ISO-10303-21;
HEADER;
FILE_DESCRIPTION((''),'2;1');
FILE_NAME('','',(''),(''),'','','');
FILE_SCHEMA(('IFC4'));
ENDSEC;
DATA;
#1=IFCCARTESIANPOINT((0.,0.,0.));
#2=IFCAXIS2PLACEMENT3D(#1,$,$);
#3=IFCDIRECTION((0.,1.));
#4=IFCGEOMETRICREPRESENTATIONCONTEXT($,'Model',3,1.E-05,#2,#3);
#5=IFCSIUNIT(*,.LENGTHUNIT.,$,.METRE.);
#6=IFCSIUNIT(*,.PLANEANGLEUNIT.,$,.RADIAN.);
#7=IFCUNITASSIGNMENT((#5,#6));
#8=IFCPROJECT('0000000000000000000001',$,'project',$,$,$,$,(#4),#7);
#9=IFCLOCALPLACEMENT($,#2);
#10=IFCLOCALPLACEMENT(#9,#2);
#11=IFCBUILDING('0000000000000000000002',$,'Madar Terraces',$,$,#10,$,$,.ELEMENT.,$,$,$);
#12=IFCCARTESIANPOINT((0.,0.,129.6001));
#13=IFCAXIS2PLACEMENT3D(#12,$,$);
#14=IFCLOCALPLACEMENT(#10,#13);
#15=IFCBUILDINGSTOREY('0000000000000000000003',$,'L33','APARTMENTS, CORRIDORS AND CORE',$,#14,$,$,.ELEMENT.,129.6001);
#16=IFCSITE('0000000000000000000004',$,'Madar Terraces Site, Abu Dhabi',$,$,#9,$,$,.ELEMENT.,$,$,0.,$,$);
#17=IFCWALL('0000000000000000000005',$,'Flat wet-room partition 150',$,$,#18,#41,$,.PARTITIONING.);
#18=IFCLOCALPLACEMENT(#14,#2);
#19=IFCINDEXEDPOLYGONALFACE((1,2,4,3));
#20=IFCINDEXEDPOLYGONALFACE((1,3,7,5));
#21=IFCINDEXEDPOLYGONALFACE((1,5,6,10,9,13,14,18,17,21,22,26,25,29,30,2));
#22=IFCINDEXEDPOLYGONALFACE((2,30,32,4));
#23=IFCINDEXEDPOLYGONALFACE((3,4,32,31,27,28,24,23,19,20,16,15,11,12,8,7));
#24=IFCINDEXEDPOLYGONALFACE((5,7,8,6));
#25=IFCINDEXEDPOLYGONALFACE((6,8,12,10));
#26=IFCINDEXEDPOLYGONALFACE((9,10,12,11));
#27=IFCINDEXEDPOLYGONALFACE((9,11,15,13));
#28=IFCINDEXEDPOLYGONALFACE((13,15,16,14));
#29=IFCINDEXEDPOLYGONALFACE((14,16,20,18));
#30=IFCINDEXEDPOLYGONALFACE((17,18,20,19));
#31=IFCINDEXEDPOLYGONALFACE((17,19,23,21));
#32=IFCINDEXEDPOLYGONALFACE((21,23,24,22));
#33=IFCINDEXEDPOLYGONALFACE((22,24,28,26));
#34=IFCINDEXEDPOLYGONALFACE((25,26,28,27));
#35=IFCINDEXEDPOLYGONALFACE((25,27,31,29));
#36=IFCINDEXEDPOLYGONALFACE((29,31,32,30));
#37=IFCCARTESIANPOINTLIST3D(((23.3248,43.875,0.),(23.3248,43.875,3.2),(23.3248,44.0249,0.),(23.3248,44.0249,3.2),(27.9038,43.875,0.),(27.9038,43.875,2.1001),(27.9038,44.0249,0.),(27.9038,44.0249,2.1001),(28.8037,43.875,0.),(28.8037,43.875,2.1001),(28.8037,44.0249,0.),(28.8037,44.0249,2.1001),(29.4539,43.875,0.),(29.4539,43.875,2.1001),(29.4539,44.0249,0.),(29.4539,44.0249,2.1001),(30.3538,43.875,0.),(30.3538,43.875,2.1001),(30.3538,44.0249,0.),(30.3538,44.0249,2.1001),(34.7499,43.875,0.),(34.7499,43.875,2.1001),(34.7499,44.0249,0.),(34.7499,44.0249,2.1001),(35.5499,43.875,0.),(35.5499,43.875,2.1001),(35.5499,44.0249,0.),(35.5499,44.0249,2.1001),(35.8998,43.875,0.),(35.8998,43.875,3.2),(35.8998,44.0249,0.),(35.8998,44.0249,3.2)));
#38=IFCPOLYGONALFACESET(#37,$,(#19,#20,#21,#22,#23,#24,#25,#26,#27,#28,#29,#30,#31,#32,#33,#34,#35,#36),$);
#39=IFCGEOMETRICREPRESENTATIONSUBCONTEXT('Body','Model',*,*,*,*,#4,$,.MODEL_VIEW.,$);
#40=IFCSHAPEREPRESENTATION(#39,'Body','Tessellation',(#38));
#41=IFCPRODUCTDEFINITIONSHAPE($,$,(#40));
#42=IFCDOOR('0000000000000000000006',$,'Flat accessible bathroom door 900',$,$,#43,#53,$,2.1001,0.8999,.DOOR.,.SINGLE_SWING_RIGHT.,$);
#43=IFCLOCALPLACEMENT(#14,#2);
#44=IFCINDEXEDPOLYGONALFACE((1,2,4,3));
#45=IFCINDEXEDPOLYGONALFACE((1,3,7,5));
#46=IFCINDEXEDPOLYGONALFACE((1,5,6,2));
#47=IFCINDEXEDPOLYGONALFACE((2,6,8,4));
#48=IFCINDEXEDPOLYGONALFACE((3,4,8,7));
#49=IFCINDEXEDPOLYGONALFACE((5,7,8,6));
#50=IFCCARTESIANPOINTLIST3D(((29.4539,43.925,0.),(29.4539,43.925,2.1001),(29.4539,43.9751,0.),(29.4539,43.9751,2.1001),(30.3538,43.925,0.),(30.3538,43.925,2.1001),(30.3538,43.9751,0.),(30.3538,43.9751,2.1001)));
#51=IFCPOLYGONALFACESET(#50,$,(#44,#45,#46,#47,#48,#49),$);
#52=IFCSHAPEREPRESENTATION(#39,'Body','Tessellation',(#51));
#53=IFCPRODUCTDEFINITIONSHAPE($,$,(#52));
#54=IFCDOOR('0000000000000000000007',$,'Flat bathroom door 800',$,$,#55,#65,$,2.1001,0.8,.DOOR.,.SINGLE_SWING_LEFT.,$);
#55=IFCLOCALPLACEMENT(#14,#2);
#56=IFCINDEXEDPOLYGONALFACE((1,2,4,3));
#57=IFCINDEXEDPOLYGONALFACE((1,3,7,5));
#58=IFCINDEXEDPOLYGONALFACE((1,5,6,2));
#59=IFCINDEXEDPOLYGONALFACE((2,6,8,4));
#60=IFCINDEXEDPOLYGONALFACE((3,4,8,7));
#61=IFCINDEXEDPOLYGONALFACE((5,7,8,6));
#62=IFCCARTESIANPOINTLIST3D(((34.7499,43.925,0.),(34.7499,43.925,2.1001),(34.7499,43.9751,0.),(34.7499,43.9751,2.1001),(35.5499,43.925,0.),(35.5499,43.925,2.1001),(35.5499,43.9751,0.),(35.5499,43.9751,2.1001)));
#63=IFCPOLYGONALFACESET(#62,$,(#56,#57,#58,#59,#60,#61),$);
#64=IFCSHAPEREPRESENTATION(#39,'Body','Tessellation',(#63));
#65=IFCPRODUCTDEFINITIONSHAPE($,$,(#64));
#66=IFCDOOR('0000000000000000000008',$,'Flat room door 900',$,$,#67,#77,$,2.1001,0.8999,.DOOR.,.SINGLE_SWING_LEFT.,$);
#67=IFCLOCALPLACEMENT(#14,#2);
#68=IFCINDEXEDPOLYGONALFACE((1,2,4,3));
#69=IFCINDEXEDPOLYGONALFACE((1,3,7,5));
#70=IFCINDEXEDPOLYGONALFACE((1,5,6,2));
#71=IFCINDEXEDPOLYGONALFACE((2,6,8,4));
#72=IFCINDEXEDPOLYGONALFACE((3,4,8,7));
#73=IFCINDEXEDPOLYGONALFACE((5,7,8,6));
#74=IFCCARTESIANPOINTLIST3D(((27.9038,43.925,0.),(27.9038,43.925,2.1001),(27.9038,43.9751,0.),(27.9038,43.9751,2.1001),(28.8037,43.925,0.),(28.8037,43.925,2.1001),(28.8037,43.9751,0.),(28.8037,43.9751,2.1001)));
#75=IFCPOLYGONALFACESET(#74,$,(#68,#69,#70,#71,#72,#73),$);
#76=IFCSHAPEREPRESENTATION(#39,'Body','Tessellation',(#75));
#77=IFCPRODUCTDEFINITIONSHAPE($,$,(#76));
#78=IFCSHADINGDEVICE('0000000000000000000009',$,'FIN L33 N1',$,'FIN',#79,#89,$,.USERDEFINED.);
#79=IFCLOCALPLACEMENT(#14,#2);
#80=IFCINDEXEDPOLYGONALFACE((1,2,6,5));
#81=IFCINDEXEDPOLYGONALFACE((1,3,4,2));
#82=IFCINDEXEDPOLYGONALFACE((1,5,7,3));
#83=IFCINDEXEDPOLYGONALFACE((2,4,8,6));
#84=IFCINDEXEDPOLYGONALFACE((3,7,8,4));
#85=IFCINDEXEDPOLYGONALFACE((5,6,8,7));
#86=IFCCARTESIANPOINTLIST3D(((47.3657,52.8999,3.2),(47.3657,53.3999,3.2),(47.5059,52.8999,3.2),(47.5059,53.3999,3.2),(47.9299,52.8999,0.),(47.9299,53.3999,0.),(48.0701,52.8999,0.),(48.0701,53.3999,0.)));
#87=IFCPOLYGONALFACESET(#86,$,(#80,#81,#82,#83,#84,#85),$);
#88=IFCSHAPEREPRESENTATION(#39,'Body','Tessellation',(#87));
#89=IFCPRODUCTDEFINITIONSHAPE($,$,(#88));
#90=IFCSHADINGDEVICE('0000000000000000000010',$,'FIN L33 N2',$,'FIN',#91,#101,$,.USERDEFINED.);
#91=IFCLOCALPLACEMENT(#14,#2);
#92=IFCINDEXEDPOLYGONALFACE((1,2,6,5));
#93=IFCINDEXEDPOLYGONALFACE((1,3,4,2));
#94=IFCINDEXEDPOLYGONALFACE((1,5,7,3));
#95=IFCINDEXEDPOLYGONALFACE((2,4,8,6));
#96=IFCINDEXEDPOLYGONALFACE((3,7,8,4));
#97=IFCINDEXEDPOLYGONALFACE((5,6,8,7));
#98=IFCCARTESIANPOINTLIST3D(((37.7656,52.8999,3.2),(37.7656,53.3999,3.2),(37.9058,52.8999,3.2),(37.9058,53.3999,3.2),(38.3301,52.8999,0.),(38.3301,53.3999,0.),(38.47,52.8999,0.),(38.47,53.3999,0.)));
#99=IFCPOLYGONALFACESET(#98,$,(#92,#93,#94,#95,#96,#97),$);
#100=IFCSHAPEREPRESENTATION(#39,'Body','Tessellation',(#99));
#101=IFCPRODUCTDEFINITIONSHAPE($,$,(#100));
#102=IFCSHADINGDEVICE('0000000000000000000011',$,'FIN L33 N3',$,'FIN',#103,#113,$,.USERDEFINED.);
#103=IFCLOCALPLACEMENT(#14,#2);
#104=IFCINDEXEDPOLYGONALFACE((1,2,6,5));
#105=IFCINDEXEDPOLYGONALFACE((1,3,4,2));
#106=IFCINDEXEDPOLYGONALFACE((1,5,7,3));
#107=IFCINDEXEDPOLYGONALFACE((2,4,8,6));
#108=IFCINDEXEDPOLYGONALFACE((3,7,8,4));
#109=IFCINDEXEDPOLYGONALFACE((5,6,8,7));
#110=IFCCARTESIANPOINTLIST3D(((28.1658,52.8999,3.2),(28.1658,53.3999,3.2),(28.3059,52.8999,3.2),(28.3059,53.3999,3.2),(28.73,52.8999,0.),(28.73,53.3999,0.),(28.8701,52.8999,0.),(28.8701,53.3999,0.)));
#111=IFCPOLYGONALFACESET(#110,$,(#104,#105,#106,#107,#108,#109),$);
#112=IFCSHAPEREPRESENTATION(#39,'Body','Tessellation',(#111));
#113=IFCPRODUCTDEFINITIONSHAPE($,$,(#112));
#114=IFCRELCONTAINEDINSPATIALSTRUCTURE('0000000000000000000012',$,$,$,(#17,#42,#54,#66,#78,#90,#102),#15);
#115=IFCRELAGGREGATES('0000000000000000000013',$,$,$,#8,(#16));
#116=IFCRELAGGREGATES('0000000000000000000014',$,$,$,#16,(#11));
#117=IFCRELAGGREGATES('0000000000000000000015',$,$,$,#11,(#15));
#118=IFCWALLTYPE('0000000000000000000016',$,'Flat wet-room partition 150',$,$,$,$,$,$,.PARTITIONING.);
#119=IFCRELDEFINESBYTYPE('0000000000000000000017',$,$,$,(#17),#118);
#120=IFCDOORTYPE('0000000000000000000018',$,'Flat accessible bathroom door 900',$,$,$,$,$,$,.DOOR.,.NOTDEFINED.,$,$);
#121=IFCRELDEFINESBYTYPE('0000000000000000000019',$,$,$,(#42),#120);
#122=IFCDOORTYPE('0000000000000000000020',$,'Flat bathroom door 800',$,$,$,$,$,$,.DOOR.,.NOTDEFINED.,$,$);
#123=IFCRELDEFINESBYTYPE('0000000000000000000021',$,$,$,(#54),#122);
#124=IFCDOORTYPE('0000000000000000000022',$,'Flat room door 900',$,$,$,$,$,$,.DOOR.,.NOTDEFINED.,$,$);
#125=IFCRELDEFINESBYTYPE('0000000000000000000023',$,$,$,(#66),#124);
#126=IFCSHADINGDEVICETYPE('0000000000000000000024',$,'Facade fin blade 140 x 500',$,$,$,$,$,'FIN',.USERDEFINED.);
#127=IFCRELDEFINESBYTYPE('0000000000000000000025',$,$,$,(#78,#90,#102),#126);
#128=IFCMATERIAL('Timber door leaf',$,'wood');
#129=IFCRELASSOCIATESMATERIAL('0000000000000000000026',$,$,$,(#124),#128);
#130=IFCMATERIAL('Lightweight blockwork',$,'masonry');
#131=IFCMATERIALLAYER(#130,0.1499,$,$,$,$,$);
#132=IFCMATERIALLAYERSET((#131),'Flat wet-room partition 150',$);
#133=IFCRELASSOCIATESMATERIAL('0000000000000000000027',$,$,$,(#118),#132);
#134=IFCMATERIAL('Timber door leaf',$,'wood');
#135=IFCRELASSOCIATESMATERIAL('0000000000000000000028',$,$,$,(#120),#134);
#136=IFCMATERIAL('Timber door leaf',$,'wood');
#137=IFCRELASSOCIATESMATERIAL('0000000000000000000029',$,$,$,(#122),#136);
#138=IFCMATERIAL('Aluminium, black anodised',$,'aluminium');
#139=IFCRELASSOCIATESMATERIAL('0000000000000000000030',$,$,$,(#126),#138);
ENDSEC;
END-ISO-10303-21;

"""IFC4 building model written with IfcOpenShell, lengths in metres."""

from ifc_helpers import new_model, si_unit, direction, frame, frame_2d, origin, place, context, subcontext, project, spatial, polyline, rectangle, outline, extrude, material, layer, layer_set, type_object, element, fill, save


model = new_model("IFC4")

# Units and contexts
model_context = context("Model", 3, precision=1e-05, world=origin(), true_north=direction((0.0, 1.0)))
body_context = subcontext(model_context, "Body", "Model", "MODEL_VIEW")
ifc_project = project(units=[si_unit("LENGTHUNIT", "METRE"), si_unit("PLANEANGLEUNIT", "RADIAN")], contexts=[model_context])

# Site, building, storey
site_placement = place(None, origin())
site = spatial("IfcSite", under=ifc_project, at=site_placement, Name="Madar Terraces Site, Abu Dhabi", CompositionType="ELEMENT", RefElevation=0.0)
building_placement = place(site_placement, origin())
building = spatial("IfcBuilding", under=site, at=building_placement, Name="Madar Terraces", CompositionType="ELEMENT")
storey_placement = place(building_placement, frame((0.0, 0.0, 129.6001)))
storey = spatial("IfcBuildingStorey", under=building, at=storey_placement, Name="L33", Description="APARTMENTS, CORRIDORS AND CORE", CompositionType="ELEMENT", Elevation=129.6001)

# Shared definitions
ifc_material_1 = material(Name="Timber door leaf", Category="wood")
door_type_1 = type_object("IfcDoorType", Name="Flat room door 900", OperationType="NOTDEFINED", PredefinedType="DOOR", material=ifc_material_1)

# Shared definitions
ifc_material_2 = material(Name="Lightweight blockwork", Category="masonry")
ifc_layer_1 = layer(ifc_material_2, 0.1499)
ifc_layer_set_1 = layer_set([ifc_layer_1], Name="Flat wet-room partition 150")
wall_type_1 = type_object("IfcWallType", Name="Flat wet-room partition 150", PredefinedType="PARTITIONING", material=ifc_layer_set_1)

# Wall, openings, doors
wall_1_placement = place(storey_placement, frame((35.8999, 43.95, 0.0), z_axis=(0.0, 0.0, 1.0), x_axis=(-1.0, 0.0, 0.0)))
wall_1 = element("IfcWall", 1, at=wall_1_placement, inside=storey, type_object=wall_type_1, Name="Flat wet-room partition 150", PredefinedType="PARTITIONING", context=body_context, shape_type="SweptSolid", body=[
    extrude(rectangle(XDim=12.575, YDim=0.1499, at=frame_2d((6.2876, 0.0))), origin(), (0.0, 0.0, 1.0), 3.2),
])
opening_1_placement = place(wall_1_placement, frame((7.0962, 0.0, 0.0)))
opening_1 = element("IfcOpeningElement", 2, at=opening_1_placement, cuts=wall_1, PredefinedType="OPENING", context=body_context, shape_type="SweptSolid", body=[
    extrude(rectangle(XDim=0.8999, YDim=2.1001, at=frame_2d((0.45, 1.05))), frame((0.0, 0.085, 0.0), z_axis=(0.0, -1.0, 0.0), x_axis=(1.0, 0.0, 0.0)), (0.0, 0.0, 1.0), 0.1699),
])
opening_2_placement = place(wall_1_placement, frame((5.5461, 0.0, 0.0)))
opening_2 = element("IfcOpeningElement", 3, at=opening_2_placement, cuts=wall_1, PredefinedType="OPENING", context=body_context, shape_type="SweptSolid", body=[
    extrude(rectangle(XDim=0.8999, YDim=2.1001, at=frame_2d((0.45, 1.05))), frame((0.0, 0.085, 0.0), z_axis=(0.0, -1.0, 0.0), x_axis=(1.0, 0.0, 0.0)), (0.0, 0.0, 1.0), 0.1699),
])
opening_3_placement = place(wall_1_placement, frame((0.3501, 0.0, 0.0)))
opening_3 = element("IfcOpeningElement", 4, at=opening_3_placement, cuts=wall_1, PredefinedType="OPENING", context=body_context, shape_type="SweptSolid", body=[
    extrude(rectangle(XDim=0.8, YDim=2.1001, at=frame_2d((0.3999, 1.05))), frame((0.0, 0.085, 0.0), z_axis=(0.0, -1.0, 0.0), x_axis=(1.0, 0.0, 0.0)), (0.0, 0.0, 1.0), 0.1699),
])
ifc_material_3 = material(Name="Timber door leaf", Category="wood")
door_type_2 = type_object("IfcDoorType", Name="Flat accessible bathroom door 900", OperationType="NOTDEFINED", PredefinedType="DOOR", material=ifc_material_3)
door_1_placement = place(opening_2_placement, origin())
door_1 = element("IfcDoor", 5, at=door_1_placement, inside=storey, type_object=door_type_2, Name="Flat accessible bathroom door 900", OperationType="SINGLE_SWING_RIGHT", OverallHeight=2.1001, OverallWidth=0.8999, PredefinedType="DOOR", context=body_context, shape_type="SweptSolid", body=[
    extrude(rectangle(XDim=0.8999, YDim=2.1001, at=frame_2d((0.45, 1.05))), frame((0.0, 0.0249, 0.0), z_axis=(0.0, -1.0, 0.0), x_axis=(1.0, 0.0, 0.0)), (0.0, 0.0, 1.0), 0.05),
])
fill(opening_2, door_1)
ifc_material_4 = material(Name="Timber door leaf", Category="wood")
door_type_3 = type_object("IfcDoorType", Name="Flat bathroom door 800", OperationType="NOTDEFINED", PredefinedType="DOOR", material=ifc_material_4)
door_2_placement = place(opening_3_placement, origin())
door_2 = element("IfcDoor", 6, at=door_2_placement, inside=storey, type_object=door_type_3, Name="Flat bathroom door 800", OperationType="SINGLE_SWING_LEFT", OverallHeight=2.1001, OverallWidth=0.8, PredefinedType="DOOR", context=body_context, shape_type="SweptSolid", body=[
    extrude(rectangle(XDim=0.8, YDim=2.1001, at=frame_2d((0.3999, 1.05))), frame((0.0, 0.0249, 0.0), z_axis=(0.0, -1.0, 0.0), x_axis=(1.0, 0.0, 0.0)), (0.0, 0.0, 1.0), 0.05),
])
fill(opening_3, door_2)
door_3_placement = place(opening_1_placement, origin())
door_3 = element("IfcDoor", 7, at=door_3_placement, inside=storey, type_object=door_type_1, Name="Flat room door 900", OperationType="SINGLE_SWING_LEFT", OverallHeight=2.1001, OverallWidth=0.8999, PredefinedType="DOOR", context=body_context, shape_type="SweptSolid", body=[
    extrude(rectangle(XDim=0.8999, YDim=2.1001, at=frame_2d((0.45, 1.05))), frame((0.0, 0.0249, 0.0), z_axis=(0.0, -1.0, 0.0), x_axis=(1.0, 0.0, 0.0)), (0.0, 0.0, 1.0), 0.05),
])
fill(opening_1, door_3)

# Shading devices
ifc_material_5 = material(Name="Aluminium, black anodised", Category="aluminium")
shading_device_type = type_object("IfcShadingDeviceType", Name="Facade fin blade 140 x 500", ElementType="FIN", PredefinedType="USERDEFINED", material=ifc_material_5)
shading_device_1_placement = place(storey_placement, frame((48.0701, 53.1499, 0.0), z_axis=(0.0, 0.0, 1.0), x_axis=(-1.0, 0.0, 0.0)))
element("IfcShadingDevice", 8, at=shading_device_1_placement, inside=storey, type_object=shading_device_type, Name="FIN L33 N1", ObjectType="FIN", PredefinedType="USERDEFINED", context=body_context, shape_type="SweptSolid", body=[
    extrude(outline(polyline([(0.0, 0.0), (0.1401, 0.0), (0.7043, 3.2), (0.5642, 3.2), (0.0, 0.0)])), frame((0.0, 0.25, 0.0), z_axis=(0.0, -1.0, 0.0), x_axis=(1.0, 0.0, 0.0)), (0.0, 0.0, 1.0), 0.5),
])
shading_device_2_placement = place(storey_placement, frame((38.47, 53.1499, 0.0), z_axis=(0.0, 0.0, 1.0), x_axis=(-1.0, 0.0, 0.0)))
element("IfcShadingDevice", 9, at=shading_device_2_placement, inside=storey, type_object=shading_device_type, Name="FIN L33 N2", ObjectType="FIN", PredefinedType="USERDEFINED", context=body_context, shape_type="SweptSolid", body=[
    extrude(outline(polyline([(0.0, 0.0), (0.1399, 0.0), (0.7043, 3.2), (0.5642, 3.2), (0.0, 0.0)])), frame((0.0, 0.25, 0.0), z_axis=(0.0, -1.0, 0.0), x_axis=(1.0, 0.0, 0.0)), (0.0, 0.0, 1.0), 0.5),
])
shading_device_3_placement = place(storey_placement, frame((28.8701, 53.1499, 0.0), z_axis=(0.0, 0.0, 1.0), x_axis=(-1.0, 0.0, 0.0)))
element("IfcShadingDevice", 10, at=shading_device_3_placement, inside=storey, type_object=shading_device_type, Name="FIN L33 N3", ObjectType="FIN", PredefinedType="USERDEFINED", context=body_context, shape_type="SweptSolid", body=[
    extrude(outline(polyline([(0.0, 0.0), (0.1401, 0.0), (0.7043, 3.2), (0.5642, 3.2), (0.0, 0.0)])), frame((0.0, 0.25, 0.0), z_axis=(0.0, -1.0, 0.0), x_axis=(1.0, 0.0, 0.0)), (0.0, 0.0, 1.0), 0.5),
])

save(model, "model.ifc")
